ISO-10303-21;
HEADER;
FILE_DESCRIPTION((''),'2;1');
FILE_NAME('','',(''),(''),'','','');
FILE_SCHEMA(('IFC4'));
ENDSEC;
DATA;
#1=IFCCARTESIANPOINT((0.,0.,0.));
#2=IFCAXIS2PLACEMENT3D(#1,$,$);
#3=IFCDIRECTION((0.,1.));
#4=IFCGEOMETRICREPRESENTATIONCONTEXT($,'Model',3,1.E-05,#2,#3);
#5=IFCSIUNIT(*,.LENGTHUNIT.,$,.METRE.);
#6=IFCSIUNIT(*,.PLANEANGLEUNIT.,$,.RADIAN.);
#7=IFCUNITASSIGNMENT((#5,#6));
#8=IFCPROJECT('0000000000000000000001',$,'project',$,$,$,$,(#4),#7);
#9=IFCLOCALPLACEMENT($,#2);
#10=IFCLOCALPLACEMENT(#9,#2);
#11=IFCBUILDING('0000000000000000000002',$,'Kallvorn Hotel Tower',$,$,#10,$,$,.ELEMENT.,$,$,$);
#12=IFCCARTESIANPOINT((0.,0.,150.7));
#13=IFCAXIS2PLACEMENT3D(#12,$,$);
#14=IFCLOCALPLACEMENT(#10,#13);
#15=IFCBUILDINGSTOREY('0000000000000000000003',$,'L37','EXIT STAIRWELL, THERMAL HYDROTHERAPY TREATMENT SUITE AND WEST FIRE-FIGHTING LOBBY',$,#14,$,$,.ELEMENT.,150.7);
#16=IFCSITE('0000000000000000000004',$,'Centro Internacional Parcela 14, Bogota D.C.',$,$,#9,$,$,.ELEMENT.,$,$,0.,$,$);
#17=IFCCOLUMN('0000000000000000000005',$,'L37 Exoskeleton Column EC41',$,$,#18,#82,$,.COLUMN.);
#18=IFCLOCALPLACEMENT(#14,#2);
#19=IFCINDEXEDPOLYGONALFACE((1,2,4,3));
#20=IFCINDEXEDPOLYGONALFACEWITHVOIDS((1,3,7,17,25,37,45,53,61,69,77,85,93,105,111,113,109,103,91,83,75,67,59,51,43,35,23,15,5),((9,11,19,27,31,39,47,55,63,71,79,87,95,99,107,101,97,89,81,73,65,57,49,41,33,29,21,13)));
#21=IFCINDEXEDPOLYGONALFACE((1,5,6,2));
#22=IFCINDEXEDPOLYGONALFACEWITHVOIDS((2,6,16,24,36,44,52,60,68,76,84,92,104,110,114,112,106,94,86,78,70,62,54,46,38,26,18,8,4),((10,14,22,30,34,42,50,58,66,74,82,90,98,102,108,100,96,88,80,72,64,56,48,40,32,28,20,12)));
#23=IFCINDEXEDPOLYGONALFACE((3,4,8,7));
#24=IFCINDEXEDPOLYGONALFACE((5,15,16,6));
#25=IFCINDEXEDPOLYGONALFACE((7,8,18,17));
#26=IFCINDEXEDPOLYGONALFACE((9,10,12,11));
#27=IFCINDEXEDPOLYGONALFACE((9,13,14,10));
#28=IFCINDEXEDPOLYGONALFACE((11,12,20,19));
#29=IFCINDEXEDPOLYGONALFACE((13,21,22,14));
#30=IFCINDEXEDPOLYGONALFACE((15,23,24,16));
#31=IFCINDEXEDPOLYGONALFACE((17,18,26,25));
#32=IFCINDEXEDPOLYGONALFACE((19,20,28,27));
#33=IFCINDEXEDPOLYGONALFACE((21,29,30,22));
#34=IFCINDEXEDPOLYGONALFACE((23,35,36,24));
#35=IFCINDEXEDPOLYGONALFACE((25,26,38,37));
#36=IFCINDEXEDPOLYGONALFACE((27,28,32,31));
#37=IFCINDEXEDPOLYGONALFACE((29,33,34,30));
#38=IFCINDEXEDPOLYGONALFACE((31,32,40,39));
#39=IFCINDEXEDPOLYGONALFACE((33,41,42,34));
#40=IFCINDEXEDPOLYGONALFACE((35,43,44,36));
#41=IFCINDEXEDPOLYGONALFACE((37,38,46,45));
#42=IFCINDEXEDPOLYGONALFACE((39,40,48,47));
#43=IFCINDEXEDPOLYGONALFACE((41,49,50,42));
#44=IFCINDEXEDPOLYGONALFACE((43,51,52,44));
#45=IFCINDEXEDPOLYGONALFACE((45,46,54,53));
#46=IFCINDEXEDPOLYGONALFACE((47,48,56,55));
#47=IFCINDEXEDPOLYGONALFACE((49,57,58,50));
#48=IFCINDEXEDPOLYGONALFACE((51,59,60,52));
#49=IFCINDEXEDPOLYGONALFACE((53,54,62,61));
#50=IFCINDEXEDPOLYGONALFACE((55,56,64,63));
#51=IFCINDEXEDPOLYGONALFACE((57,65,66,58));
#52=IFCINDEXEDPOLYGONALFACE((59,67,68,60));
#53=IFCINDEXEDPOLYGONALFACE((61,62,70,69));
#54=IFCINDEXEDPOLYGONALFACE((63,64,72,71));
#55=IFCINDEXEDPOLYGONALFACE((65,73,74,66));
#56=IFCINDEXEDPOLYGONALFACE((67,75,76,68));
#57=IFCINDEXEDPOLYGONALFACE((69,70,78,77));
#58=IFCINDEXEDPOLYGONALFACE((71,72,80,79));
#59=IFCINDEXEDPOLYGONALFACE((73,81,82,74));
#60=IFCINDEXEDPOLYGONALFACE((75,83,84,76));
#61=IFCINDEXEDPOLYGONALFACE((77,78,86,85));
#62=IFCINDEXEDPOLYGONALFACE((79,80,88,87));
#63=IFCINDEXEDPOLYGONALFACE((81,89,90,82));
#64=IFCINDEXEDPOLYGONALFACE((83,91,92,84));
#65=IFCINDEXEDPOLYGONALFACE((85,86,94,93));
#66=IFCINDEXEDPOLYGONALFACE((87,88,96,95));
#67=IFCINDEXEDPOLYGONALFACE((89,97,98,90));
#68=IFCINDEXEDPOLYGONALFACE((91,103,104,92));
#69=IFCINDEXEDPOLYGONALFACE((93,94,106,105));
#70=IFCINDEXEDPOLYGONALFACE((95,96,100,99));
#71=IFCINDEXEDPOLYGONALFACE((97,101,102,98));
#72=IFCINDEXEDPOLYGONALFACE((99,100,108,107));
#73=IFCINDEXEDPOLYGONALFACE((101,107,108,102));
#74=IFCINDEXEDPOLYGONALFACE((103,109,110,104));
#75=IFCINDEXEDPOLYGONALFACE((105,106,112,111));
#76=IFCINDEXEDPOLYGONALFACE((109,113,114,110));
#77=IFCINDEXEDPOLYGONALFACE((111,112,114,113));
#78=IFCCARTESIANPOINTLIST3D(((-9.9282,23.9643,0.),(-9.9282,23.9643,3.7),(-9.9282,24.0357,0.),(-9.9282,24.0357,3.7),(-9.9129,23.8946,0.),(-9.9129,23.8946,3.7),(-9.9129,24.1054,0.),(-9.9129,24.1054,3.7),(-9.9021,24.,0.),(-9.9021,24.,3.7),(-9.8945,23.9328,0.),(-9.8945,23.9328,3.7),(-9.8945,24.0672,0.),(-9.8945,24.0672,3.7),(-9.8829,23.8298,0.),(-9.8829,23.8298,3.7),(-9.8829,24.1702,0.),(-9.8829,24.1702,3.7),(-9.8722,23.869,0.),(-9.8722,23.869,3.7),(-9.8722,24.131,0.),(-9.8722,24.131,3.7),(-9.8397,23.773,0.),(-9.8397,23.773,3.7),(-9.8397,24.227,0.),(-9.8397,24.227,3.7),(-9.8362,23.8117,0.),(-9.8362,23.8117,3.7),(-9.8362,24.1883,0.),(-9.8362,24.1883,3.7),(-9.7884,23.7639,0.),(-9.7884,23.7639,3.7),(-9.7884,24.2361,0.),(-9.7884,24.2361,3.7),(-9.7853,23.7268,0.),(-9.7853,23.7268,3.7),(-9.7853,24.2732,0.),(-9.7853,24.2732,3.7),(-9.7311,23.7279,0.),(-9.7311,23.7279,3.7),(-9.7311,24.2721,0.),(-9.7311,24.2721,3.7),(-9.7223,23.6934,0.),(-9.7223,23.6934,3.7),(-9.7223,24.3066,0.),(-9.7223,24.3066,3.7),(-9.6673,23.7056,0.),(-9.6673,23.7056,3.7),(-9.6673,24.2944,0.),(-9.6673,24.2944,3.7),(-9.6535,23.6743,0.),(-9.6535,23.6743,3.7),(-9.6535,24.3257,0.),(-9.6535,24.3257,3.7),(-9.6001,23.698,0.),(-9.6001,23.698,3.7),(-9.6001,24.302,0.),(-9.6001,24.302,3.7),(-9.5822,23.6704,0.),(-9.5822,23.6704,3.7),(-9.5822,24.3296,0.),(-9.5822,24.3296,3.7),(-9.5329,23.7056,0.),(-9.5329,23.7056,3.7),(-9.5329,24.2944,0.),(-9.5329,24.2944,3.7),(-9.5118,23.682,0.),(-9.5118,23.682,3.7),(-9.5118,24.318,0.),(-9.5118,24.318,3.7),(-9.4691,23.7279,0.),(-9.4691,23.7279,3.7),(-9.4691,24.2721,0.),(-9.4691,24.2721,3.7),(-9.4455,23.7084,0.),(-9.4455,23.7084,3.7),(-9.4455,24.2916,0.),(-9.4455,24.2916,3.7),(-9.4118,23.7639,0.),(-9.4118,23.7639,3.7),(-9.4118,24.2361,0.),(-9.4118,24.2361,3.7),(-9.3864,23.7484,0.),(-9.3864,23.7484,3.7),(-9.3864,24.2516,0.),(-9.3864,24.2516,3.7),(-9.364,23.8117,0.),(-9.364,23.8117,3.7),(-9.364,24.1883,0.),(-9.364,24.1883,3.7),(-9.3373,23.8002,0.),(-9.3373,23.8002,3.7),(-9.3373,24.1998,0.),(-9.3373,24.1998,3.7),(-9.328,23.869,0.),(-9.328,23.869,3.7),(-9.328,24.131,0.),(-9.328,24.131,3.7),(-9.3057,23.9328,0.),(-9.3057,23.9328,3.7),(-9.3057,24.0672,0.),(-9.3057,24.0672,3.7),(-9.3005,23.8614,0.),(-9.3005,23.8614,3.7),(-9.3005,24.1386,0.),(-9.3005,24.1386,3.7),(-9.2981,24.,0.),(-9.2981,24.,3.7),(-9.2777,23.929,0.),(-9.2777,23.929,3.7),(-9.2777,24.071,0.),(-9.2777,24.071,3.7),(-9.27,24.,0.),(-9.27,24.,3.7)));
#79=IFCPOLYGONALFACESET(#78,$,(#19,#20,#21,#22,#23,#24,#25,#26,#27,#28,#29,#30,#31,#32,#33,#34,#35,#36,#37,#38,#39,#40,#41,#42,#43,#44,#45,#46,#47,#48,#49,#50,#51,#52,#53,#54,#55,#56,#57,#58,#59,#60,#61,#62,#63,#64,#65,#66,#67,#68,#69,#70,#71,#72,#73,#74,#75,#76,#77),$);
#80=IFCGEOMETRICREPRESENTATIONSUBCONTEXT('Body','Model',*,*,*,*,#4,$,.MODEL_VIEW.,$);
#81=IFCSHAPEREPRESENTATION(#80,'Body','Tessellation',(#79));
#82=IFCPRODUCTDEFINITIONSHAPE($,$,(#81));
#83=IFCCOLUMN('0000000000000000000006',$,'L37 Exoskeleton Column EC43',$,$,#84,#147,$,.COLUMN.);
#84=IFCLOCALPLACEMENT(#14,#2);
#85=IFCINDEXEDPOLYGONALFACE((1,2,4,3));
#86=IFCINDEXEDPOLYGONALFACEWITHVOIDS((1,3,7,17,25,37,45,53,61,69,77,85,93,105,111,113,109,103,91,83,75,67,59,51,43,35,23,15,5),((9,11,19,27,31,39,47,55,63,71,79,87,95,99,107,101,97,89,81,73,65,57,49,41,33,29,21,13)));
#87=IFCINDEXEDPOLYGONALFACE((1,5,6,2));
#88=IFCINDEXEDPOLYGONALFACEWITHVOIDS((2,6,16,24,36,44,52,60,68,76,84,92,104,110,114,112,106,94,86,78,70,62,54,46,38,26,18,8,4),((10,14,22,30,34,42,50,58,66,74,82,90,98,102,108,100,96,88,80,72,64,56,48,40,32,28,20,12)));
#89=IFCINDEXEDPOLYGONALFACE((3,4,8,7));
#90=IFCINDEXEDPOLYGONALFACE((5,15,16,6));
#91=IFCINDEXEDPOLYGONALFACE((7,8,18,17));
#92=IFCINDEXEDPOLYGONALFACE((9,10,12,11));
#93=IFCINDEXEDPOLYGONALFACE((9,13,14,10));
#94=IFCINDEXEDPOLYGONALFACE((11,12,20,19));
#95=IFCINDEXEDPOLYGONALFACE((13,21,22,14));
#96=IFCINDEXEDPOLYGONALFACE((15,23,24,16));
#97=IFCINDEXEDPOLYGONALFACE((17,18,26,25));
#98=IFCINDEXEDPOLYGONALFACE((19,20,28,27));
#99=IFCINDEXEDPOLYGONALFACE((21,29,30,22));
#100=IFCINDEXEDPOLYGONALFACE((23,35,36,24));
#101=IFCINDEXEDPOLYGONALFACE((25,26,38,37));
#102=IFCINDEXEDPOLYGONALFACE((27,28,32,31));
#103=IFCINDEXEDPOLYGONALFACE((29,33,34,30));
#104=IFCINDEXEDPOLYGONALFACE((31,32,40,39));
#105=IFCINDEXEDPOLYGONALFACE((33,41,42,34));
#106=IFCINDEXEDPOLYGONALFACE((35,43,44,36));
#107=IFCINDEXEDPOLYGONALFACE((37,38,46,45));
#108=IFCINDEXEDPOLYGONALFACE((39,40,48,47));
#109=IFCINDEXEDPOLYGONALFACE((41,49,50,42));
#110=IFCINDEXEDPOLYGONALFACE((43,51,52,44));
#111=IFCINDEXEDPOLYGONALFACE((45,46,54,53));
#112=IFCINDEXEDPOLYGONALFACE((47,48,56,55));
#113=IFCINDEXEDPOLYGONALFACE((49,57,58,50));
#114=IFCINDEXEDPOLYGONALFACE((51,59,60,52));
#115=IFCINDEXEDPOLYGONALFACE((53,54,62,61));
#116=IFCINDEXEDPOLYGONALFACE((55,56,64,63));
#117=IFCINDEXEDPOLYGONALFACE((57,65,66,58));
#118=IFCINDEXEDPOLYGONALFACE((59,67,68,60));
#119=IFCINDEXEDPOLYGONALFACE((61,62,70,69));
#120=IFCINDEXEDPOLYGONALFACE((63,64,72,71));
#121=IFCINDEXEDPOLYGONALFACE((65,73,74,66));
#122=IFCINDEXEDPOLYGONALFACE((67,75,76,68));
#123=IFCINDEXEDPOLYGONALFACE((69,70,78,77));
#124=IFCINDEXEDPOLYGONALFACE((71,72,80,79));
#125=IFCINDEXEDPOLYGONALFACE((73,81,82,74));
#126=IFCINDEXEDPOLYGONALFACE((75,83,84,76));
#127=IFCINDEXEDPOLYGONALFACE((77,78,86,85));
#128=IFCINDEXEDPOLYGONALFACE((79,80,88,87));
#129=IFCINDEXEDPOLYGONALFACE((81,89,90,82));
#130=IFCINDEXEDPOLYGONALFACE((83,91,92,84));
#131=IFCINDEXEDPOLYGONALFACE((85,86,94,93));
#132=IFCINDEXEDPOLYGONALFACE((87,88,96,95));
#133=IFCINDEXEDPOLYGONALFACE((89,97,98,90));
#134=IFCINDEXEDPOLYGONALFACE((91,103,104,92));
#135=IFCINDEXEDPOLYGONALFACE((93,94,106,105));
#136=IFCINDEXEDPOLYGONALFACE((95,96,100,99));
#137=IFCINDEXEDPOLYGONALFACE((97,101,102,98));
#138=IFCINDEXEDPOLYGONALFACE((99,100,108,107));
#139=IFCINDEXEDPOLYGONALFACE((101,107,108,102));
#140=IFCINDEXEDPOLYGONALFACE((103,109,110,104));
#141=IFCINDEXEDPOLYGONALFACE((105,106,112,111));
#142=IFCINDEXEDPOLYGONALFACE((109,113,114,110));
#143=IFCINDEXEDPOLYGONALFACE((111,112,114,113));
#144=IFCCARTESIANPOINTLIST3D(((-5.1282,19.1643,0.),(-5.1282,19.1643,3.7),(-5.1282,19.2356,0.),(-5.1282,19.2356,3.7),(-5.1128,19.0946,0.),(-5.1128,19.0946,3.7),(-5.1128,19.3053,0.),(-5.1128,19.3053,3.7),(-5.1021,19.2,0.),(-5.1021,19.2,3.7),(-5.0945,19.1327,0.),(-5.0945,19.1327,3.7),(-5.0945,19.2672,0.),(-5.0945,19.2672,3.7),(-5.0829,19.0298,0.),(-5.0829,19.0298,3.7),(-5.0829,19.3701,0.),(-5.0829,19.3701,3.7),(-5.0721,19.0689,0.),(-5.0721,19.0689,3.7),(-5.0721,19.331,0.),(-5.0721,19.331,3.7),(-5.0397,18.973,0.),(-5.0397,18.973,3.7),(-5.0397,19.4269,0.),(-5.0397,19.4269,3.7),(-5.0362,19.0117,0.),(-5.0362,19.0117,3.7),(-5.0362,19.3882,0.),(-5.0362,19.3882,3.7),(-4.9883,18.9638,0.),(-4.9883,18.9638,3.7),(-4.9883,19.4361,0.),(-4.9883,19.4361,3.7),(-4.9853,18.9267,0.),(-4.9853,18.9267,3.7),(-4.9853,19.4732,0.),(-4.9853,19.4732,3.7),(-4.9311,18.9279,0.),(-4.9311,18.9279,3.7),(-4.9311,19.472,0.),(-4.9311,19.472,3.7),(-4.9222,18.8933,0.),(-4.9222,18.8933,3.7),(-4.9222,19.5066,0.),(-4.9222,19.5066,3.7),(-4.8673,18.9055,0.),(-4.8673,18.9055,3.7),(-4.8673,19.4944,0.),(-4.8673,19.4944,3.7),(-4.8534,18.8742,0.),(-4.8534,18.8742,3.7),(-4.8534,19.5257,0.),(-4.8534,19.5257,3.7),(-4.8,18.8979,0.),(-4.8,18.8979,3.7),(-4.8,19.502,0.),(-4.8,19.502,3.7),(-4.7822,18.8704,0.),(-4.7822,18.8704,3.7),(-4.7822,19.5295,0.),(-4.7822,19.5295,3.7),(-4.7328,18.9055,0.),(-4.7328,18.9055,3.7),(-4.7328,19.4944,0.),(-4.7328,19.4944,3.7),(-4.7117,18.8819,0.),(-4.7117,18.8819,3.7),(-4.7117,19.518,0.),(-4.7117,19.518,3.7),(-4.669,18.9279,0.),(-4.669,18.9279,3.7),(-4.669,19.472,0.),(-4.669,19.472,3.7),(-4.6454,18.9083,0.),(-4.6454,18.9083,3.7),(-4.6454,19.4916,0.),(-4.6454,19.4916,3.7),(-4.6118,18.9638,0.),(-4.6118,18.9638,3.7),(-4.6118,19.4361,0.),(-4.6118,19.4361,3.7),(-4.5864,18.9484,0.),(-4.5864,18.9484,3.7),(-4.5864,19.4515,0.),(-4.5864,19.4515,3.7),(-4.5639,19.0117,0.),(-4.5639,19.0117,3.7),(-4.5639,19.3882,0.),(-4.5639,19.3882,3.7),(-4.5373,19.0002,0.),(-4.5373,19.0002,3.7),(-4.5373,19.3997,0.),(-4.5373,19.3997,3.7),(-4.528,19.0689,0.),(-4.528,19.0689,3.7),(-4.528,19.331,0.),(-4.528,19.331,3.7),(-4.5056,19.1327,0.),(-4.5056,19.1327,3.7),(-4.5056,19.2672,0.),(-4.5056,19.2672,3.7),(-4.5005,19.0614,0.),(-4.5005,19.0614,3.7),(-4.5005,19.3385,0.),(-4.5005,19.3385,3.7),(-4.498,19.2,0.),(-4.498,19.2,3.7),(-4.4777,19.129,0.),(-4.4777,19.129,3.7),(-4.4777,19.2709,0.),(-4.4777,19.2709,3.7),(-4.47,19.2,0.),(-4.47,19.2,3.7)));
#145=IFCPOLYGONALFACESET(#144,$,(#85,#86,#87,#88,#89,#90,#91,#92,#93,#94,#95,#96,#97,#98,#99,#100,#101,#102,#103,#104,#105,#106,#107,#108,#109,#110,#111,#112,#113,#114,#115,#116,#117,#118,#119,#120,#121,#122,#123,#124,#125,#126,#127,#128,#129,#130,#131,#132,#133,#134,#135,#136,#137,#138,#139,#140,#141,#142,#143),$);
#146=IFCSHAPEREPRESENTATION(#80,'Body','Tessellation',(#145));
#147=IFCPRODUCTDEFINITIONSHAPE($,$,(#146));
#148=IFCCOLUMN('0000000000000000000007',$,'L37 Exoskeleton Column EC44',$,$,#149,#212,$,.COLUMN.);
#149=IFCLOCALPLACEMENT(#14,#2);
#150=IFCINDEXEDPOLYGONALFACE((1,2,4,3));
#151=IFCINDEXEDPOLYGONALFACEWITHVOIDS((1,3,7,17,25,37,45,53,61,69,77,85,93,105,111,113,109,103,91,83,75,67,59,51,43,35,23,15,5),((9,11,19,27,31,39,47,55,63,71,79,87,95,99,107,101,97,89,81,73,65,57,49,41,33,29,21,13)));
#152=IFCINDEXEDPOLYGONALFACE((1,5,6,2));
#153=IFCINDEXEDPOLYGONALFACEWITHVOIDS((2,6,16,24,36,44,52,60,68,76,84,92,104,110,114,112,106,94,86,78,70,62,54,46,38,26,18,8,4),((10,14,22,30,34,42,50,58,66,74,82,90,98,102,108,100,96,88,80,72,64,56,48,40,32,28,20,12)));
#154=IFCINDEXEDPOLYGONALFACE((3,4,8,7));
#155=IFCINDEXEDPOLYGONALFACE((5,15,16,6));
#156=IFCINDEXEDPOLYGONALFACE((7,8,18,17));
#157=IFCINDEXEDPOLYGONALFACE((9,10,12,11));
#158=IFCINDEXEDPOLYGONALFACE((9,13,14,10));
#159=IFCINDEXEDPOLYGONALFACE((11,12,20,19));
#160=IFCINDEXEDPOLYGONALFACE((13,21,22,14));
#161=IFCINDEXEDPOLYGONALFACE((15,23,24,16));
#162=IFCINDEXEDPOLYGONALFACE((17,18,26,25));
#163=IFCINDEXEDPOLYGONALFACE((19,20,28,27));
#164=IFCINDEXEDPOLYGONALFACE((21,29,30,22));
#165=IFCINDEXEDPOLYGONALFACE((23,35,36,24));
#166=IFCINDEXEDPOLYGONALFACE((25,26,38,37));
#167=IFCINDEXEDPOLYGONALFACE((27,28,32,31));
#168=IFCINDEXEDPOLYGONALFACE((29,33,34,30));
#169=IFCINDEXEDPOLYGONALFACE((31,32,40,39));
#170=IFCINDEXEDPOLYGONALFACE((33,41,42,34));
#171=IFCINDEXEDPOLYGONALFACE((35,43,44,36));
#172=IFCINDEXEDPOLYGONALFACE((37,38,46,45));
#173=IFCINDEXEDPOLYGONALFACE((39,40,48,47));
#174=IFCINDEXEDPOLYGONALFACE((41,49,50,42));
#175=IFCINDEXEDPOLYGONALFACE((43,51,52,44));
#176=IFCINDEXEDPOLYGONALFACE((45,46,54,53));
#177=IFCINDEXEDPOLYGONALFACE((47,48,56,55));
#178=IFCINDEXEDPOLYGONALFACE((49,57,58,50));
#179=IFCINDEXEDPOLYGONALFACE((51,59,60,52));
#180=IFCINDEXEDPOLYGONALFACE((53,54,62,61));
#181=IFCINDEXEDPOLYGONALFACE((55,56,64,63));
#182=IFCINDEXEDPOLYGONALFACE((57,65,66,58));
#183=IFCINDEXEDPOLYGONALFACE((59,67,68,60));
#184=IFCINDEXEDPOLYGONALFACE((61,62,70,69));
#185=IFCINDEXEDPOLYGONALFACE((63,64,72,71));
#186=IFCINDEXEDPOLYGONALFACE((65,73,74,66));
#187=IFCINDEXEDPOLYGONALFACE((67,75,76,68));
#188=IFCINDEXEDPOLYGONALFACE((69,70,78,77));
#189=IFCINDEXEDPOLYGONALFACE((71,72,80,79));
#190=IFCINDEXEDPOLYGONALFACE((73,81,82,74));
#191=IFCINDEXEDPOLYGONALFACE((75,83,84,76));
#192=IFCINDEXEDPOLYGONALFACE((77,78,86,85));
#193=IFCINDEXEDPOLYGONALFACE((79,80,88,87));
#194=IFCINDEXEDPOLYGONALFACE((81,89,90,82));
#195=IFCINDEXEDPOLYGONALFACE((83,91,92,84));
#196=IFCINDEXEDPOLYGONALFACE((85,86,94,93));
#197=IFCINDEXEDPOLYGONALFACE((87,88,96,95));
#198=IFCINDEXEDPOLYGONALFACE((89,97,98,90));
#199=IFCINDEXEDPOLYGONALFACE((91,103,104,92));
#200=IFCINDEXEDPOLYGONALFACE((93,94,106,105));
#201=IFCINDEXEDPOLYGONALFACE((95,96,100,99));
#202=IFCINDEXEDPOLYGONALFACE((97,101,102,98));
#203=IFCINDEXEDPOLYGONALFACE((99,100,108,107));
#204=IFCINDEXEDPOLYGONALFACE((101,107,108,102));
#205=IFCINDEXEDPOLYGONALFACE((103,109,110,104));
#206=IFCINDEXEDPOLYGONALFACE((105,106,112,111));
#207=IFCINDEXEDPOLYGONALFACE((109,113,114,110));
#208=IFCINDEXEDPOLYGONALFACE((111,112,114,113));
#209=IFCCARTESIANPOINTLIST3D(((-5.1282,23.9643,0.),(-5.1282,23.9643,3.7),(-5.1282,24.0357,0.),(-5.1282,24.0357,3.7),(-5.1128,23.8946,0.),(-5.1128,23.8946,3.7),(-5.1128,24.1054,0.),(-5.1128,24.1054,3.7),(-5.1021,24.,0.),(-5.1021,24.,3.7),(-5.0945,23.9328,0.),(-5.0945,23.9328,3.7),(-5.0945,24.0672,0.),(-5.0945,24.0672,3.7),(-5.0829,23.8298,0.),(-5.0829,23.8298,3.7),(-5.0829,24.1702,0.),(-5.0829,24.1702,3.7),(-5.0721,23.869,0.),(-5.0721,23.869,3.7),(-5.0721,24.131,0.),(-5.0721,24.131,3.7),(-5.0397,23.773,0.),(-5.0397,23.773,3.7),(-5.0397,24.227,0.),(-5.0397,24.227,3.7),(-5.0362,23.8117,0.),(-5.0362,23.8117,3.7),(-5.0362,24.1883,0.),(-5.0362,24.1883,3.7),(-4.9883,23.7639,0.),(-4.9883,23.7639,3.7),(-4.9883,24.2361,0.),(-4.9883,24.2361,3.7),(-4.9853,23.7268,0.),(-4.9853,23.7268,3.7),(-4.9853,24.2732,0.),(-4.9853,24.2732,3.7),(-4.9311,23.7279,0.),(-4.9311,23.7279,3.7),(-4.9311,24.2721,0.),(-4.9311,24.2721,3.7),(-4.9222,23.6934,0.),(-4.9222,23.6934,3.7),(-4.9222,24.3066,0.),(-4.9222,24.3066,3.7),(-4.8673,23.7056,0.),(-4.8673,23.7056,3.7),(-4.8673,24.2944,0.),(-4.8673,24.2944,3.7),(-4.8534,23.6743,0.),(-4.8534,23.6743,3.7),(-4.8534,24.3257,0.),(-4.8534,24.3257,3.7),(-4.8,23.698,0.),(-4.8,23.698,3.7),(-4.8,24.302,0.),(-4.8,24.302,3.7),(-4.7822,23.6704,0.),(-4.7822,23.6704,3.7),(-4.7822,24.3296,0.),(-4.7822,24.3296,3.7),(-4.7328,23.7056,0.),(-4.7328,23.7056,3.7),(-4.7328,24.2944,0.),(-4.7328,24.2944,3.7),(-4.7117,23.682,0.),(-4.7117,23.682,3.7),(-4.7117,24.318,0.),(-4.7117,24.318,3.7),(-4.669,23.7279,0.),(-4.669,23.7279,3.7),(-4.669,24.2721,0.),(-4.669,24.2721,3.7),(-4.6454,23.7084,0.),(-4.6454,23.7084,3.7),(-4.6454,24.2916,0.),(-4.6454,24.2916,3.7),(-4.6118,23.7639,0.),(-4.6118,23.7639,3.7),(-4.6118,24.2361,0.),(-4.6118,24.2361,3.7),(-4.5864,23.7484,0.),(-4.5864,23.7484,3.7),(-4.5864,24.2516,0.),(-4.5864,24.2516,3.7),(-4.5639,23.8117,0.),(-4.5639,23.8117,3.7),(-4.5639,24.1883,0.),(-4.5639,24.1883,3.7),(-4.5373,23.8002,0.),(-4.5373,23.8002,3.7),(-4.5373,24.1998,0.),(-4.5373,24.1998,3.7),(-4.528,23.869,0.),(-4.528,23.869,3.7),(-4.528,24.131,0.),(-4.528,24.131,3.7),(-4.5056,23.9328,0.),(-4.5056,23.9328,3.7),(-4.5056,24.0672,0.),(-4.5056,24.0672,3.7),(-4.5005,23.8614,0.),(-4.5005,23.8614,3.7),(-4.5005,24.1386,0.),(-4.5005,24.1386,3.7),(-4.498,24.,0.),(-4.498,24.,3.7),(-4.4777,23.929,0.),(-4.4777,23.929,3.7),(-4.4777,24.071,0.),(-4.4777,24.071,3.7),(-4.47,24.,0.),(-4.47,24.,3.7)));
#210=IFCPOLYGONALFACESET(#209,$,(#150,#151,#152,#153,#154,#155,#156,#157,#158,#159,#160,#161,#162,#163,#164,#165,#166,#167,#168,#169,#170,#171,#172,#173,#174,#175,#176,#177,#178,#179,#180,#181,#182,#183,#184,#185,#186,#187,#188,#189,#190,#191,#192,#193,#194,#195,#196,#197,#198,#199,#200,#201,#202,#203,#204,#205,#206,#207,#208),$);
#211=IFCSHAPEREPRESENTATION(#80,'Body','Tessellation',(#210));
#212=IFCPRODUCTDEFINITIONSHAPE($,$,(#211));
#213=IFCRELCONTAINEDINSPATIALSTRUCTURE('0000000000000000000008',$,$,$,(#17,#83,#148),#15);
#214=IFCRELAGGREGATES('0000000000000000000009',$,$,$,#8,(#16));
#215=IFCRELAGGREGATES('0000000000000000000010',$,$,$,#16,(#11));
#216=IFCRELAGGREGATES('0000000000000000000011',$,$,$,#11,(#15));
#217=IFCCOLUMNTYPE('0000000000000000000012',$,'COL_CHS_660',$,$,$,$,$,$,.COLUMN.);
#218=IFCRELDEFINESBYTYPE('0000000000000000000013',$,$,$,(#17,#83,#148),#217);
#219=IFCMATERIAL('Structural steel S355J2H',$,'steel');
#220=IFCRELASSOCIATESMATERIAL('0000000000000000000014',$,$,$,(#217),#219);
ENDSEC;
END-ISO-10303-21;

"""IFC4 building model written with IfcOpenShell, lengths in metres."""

from ifc_helpers import new_model, si_unit, direction, frame, origin, origin_2d, place, context, subcontext, project, spatial, hollow_circle, extrude, material, material_profile, profile_set, type_object, element, save


model = new_model("IFC4")

# Units and contexts
model_context = context("Model", 3, precision=1e-05, world=origin(), true_north=direction((0.0, 1.0)))
body_context = subcontext(model_context, "Body", "Model", "MODEL_VIEW")
ifc_project = project(units=[si_unit("LENGTHUNIT", "METRE"), si_unit("PLANEANGLEUNIT", "RADIAN")], contexts=[model_context])

# Site, building, storey
site_placement = place(None, origin())
site = spatial("IfcSite", under=ifc_project, at=site_placement, Name="Centro Internacional Parcela 14, Bogota D.C.", CompositionType="ELEMENT", RefElevation=0.0)
building_placement = place(site_placement, origin())
building = spatial("IfcBuilding", under=site, at=building_placement, Name="Kallvorn Hotel Tower", CompositionType="ELEMENT")
storey_placement = place(building_placement, frame((0.0, 0.0, 150.7)))
storey = spatial("IfcBuildingStorey", under=building, at=storey_placement, Name="L37", Description="EXIT STAIRWELL, THERMAL HYDROTHERAPY TREATMENT SUITE AND WEST FIRE-FIGHTING LOBBY", CompositionType="ELEMENT", Elevation=150.7)

# Columns
ifc_material_1 = material(Name="Structural steel S355J2H", Category="steel")
ifc_material_profile_1 = material_profile(ifc_material_1, hollow_circle(Radius=0.3301, WallThickness=0.0281, at=origin_2d()), Name="CHS 660x28")
ifc_profile_set_1 = profile_set([ifc_material_profile_1], Name="Structural steel S355J2H")
column_type = type_object("IfcColumnType", Name="COL_CHS_660", PredefinedType="COLUMN", material=ifc_profile_set_1)
for number, where, z_axis, x_axis, name in (
    (1, (-9.6001, 24.0, 0.0), (0.0, 0.0, 1.0), (1.0, 0.0, 0.0), "L37 Exoskeleton Column EC41"),
    (2, (-4.8, 19.2, 0.0), (0.0, 0.0, 1.0), (1.0, 0.0, 0.0), "L37 Exoskeleton Column EC43"),
    (3, (-4.8, 24.0, 0.0), (0.0, 0.0, 1.0), (1.0, 0.0, 0.0), "L37 Exoskeleton Column EC44"),
):
    element("IfcColumn", number, at=place(storey_placement, frame(where, z_axis=z_axis, x_axis=x_axis)), inside=storey, type_object=column_type, Name=name, PredefinedType="COLUMN", context=body_context, shape_type="SweptSolid", body=[
        extrude(hollow_circle(Radius=0.3301, WallThickness=0.0281, at=origin_2d()), origin(), (0.0, 0.0, 1.0), 3.7),
    ])

save(model, "model.ifc")
